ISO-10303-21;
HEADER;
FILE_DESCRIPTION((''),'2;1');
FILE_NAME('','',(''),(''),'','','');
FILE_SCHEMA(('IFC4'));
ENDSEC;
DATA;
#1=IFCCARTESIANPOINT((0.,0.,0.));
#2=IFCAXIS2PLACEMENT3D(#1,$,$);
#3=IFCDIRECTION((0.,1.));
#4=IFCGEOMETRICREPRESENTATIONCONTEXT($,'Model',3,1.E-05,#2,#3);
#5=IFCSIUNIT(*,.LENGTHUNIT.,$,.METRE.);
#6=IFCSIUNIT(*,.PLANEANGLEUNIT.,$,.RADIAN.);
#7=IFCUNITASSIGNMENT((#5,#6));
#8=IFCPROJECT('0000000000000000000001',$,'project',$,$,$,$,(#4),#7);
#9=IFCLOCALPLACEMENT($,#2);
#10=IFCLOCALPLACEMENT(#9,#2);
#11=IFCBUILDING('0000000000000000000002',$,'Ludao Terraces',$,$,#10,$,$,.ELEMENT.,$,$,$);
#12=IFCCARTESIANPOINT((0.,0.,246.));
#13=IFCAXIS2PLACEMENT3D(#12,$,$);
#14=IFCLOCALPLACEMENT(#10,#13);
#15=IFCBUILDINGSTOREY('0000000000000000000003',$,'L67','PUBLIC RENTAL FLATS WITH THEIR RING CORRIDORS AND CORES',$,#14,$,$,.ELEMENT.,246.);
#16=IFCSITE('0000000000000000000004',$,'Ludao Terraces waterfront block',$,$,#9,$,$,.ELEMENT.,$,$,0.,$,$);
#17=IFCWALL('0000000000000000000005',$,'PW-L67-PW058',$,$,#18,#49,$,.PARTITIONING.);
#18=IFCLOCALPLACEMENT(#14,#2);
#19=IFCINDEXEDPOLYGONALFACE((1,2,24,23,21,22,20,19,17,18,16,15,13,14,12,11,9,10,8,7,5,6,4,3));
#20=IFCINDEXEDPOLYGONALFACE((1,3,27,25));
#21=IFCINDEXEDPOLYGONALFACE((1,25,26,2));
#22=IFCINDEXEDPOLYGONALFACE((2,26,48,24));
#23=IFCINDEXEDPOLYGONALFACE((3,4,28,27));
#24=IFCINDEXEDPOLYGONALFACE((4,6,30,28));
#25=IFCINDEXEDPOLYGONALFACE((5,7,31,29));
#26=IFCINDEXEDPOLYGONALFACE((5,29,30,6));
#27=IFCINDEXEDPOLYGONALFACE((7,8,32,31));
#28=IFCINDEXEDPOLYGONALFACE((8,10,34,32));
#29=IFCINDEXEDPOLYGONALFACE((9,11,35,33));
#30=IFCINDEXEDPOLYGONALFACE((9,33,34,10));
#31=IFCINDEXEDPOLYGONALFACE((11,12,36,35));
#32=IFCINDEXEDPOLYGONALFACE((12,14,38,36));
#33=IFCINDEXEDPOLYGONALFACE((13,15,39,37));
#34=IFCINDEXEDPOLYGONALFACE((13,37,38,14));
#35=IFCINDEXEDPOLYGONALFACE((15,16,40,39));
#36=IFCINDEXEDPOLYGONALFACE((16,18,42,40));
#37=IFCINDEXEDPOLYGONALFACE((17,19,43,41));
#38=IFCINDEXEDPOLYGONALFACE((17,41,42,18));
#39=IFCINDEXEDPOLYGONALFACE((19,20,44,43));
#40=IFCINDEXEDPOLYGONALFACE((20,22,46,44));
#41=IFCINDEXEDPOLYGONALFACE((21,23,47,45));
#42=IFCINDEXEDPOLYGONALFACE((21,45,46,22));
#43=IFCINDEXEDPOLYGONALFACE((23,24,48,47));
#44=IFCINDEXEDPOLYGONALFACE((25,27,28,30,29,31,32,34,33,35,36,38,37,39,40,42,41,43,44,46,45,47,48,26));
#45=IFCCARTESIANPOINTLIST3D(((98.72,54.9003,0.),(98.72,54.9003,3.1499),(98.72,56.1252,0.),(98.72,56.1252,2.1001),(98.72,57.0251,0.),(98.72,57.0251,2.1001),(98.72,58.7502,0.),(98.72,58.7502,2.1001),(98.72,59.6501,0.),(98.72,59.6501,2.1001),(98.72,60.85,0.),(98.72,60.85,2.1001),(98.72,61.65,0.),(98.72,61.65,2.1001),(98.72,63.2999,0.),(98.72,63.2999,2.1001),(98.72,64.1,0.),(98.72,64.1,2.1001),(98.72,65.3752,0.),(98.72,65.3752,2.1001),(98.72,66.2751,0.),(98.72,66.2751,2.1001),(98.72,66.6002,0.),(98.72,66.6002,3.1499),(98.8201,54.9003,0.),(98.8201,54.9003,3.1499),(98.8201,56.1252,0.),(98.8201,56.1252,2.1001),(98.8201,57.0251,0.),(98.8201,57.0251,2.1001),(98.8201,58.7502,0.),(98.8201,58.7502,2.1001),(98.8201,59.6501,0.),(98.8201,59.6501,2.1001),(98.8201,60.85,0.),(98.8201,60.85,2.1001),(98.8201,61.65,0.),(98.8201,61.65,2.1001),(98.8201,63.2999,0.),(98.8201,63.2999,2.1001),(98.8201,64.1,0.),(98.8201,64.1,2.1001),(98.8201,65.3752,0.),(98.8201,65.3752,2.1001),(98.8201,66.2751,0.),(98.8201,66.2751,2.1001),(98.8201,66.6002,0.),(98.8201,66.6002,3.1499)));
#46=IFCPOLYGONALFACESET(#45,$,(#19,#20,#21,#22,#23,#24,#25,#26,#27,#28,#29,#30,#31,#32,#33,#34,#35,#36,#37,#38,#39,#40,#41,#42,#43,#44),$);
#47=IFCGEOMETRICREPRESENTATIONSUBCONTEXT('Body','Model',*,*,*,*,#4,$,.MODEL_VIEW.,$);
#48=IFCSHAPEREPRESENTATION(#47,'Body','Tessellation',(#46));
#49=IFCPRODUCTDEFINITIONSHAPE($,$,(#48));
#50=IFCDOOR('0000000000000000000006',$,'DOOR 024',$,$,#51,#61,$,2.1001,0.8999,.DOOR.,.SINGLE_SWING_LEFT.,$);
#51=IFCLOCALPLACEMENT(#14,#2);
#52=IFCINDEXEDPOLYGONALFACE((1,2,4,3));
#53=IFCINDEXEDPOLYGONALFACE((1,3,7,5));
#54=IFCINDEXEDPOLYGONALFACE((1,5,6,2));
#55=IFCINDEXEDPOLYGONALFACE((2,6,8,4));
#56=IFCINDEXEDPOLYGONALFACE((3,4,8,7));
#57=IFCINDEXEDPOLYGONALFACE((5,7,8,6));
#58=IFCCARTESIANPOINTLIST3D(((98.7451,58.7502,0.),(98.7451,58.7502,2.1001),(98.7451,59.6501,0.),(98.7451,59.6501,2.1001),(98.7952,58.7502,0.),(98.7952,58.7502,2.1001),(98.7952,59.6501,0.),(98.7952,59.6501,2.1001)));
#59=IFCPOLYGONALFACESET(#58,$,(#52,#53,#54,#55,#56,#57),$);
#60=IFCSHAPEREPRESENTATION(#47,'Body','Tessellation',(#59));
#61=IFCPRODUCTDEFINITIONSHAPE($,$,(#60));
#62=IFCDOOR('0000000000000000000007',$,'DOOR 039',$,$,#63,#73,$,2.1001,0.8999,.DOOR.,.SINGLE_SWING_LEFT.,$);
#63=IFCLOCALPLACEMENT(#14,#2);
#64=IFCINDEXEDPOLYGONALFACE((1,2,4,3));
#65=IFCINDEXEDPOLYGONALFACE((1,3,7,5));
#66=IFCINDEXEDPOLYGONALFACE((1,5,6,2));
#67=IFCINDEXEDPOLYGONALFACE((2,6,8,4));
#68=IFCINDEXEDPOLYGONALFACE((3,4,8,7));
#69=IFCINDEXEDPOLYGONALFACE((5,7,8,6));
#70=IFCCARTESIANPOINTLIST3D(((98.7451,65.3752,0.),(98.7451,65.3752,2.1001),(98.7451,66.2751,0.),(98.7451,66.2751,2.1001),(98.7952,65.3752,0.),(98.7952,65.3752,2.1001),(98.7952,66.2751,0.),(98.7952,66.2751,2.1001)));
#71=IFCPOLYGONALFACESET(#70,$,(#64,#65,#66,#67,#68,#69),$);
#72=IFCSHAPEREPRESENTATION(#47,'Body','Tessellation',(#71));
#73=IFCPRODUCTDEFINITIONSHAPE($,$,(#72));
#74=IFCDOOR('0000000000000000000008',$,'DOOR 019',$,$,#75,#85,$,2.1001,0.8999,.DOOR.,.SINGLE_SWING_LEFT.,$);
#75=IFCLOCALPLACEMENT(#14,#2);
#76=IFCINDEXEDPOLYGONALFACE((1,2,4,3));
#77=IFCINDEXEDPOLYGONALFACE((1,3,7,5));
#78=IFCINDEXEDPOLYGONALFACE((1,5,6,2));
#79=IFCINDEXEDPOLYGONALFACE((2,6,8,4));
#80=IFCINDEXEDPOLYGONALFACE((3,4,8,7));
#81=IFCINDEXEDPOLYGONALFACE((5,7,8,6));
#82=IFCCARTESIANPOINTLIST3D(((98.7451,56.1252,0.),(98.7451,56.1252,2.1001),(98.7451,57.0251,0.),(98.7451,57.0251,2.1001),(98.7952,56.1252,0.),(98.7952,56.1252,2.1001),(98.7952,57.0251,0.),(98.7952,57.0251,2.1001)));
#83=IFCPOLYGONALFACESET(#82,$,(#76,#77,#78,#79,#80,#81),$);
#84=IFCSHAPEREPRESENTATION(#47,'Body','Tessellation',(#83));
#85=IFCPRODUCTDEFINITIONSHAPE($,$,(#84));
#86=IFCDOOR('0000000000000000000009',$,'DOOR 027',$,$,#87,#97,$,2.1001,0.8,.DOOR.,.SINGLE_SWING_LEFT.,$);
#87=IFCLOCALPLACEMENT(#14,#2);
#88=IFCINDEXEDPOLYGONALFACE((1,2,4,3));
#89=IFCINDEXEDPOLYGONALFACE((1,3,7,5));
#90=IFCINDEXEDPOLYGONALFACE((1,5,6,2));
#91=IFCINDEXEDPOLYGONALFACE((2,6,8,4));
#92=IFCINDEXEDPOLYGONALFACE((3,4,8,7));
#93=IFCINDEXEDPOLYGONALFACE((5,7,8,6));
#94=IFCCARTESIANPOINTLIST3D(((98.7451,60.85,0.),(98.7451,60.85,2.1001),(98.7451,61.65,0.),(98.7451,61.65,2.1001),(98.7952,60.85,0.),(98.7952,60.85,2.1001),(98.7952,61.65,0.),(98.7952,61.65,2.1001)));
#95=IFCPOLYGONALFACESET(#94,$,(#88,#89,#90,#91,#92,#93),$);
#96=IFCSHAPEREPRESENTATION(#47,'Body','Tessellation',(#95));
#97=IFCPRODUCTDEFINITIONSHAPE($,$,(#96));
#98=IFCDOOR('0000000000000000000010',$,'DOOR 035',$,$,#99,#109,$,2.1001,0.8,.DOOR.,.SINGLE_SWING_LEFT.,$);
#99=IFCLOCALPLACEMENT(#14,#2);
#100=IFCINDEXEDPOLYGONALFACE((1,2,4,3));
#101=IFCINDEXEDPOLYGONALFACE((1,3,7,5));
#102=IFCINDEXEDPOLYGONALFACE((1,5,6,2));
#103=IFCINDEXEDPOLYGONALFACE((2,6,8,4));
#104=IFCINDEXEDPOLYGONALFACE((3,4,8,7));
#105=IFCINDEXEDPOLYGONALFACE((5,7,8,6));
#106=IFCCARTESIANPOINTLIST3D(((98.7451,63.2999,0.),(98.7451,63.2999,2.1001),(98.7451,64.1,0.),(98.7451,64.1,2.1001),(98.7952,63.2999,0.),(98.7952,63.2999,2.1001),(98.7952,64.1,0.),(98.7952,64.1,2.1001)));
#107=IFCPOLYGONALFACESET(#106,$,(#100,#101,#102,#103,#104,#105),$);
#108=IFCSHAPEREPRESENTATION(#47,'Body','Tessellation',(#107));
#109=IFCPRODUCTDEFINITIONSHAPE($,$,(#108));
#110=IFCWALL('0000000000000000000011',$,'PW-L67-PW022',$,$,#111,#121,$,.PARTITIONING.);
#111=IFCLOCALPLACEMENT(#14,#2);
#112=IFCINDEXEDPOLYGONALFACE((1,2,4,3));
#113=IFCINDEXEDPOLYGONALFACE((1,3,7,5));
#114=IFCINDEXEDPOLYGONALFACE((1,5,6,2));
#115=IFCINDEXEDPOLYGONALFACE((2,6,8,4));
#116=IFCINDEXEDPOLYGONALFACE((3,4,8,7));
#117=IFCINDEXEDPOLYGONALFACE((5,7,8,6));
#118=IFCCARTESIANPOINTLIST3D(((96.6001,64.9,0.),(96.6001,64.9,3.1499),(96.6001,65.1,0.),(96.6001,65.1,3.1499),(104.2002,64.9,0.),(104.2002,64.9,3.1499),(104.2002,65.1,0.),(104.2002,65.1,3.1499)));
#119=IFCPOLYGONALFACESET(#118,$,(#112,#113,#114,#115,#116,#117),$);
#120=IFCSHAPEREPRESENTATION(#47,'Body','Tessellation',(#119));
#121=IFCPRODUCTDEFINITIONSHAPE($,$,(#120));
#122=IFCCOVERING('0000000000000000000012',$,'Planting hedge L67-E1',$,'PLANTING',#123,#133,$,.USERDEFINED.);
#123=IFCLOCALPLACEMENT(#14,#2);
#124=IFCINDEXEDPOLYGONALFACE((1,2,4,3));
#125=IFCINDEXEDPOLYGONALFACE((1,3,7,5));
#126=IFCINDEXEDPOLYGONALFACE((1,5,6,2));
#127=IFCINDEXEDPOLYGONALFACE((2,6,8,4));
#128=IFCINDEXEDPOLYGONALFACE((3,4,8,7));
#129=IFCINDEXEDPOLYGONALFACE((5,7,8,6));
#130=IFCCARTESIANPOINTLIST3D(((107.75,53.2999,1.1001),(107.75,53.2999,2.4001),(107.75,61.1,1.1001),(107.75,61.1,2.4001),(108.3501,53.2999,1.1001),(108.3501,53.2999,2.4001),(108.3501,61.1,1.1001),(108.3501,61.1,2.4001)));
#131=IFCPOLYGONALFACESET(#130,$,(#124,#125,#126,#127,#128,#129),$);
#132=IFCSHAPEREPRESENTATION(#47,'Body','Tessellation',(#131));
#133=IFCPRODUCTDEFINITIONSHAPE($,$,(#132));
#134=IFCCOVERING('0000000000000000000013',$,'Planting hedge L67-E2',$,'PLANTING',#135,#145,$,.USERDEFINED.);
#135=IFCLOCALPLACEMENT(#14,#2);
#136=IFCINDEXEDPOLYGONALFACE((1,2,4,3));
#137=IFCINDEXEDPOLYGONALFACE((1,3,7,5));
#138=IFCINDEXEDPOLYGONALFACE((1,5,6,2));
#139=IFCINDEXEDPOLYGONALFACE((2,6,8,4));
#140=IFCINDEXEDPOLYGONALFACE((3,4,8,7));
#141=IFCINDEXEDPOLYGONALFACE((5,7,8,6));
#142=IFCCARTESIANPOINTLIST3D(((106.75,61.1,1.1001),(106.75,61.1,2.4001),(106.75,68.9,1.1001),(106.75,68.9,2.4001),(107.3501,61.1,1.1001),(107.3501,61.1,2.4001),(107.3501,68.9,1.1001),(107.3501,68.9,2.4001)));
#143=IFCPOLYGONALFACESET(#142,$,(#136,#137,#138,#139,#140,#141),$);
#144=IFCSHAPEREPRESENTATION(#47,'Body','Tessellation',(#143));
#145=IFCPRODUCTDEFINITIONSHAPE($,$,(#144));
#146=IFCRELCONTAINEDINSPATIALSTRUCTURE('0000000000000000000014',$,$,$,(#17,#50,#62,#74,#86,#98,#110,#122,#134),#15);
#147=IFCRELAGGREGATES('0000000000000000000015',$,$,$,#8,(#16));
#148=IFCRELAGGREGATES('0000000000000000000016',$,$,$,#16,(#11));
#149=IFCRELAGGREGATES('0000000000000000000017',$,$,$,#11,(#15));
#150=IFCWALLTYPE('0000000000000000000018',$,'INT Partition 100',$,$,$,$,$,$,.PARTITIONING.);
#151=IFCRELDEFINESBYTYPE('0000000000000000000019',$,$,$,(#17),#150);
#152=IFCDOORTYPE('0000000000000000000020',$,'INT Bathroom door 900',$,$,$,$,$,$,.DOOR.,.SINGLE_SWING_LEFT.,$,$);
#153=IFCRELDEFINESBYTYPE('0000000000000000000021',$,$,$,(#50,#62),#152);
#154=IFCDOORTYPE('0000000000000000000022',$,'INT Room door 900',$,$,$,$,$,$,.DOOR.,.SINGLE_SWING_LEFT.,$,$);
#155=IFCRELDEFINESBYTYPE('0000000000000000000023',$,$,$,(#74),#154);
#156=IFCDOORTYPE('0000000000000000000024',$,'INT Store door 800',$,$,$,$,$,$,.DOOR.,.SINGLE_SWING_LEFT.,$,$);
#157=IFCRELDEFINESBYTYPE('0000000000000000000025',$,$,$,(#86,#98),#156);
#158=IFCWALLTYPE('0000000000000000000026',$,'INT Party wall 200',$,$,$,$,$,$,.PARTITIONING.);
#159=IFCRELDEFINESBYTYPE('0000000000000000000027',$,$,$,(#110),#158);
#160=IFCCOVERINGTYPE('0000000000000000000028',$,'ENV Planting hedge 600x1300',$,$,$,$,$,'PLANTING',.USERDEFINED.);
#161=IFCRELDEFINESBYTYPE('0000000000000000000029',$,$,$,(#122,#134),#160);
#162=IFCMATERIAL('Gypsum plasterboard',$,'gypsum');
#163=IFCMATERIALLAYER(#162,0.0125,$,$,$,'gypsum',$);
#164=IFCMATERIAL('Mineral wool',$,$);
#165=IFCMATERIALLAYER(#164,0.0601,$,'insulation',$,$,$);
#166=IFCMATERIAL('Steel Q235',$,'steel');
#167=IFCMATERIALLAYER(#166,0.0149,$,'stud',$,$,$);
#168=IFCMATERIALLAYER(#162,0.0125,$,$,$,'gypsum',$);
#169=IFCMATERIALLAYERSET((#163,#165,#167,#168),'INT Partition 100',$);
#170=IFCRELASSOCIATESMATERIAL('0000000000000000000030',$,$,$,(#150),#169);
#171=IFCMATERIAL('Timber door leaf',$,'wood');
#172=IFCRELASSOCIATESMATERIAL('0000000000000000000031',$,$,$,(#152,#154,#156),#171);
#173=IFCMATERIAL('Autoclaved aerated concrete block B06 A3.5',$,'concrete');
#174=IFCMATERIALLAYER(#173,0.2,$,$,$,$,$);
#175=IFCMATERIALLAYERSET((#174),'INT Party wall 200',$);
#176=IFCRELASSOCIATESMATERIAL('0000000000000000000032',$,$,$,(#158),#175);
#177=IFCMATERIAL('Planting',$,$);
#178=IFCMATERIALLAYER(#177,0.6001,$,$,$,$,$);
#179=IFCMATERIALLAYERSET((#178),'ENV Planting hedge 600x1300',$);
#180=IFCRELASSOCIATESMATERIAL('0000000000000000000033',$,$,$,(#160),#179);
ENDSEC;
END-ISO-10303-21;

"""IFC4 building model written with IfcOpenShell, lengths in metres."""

from ifc_helpers import new_model, si_unit, direction, frame, frame_2d, origin, origin_2d, place, context, subcontext, project, spatial, rectangle, extrude, material, layer, layer_set, type_object, element, fill, save


model = new_model("IFC4")

# Units and contexts
model_context = context("Model", 3, precision=1e-05, world=origin(), true_north=direction((0.0, 1.0)))
body_context = subcontext(model_context, "Body", "Model", "MODEL_VIEW")
ifc_project = project(units=[si_unit("LENGTHUNIT", "METRE"), si_unit("PLANEANGLEUNIT", "RADIAN")], contexts=[model_context])

# Site, building, storey
site_placement = place(None, origin())
site = spatial("IfcSite", under=ifc_project, at=site_placement, Name="Ludao Terraces waterfront block", CompositionType="ELEMENT", RefElevation=0.0)
building_placement = place(site_placement, origin())
building = spatial("IfcBuilding", under=site, at=building_placement, Name="Ludao Terraces", CompositionType="ELEMENT")
storey_placement = place(building_placement, frame((0.0, 0.0, 246.0)))
storey = spatial("IfcBuildingStorey", under=building, at=storey_placement, Name="L67", Description="PUBLIC RENTAL FLATS WITH THEIR RING CORRIDORS AND CORES", CompositionType="ELEMENT", Elevation=246.0)

# Shared definitions
ifc_material_1 = material(Name="Mineral wool")

# Shared definitions
ifc_material_2 = material(Name="Gypsum plasterboard", Category="gypsum")
ifc_layer_1 = layer(ifc_material_2, 0.0125, Category="gypsum")
ifc_layer_2 = layer(ifc_material_1, 0.0601, Name="insulation")
ifc_material_3 = material(Name="Steel Q235", Category="steel")
ifc_layer_3 = layer(ifc_material_3, 0.0149, Name="stud")
ifc_layer_4 = layer(ifc_material_2, 0.0125, Category="gypsum")
ifc_layer_set_1 = layer_set([ifc_layer_1, ifc_layer_2, ifc_layer_3, ifc_layer_4], Name="INT Partition 100")
wall_type_1 = type_object("IfcWallType", Name="INT Partition 100", PredefinedType="PARTITIONING", material=ifc_layer_set_1)

# Wall, openings, doors
wall_1_placement = place(storey_placement, frame((98.77, 54.9001, 0.0), z_axis=(0.0, 0.0, 1.0), x_axis=(0.0, 1.0, 0.0)))
wall_1 = element("IfcWall", 1, at=wall_1_placement, inside=storey, type_object=wall_type_1, Name="PW-L67-PW058", PredefinedType="PARTITIONING", context=body_context, shape_type="SweptSolid", body=[
    extrude(rectangle(XDim=11.7, YDim=0.1001, at=frame_2d((5.8501, 0.0))), origin(), (0.0, 0.0, 1.0), 3.1499),
])
opening_1_placement = place(wall_1_placement, frame((1.2251, 0.0, 0.0)))
opening_1 = element("IfcOpeningElement", 2, at=opening_1_placement, cuts=wall_1, PredefinedType="OPENING", context=body_context, shape_type="SweptSolid", body=[
    extrude(rectangle(XDim=0.8999, YDim=2.1001, at=frame_2d((0.45, 1.05))), frame((0.0, 0.0601, 0.0), z_axis=(0.0, -1.0, 0.0), x_axis=(1.0, 0.0, 0.0)), (0.0, 0.0, 1.0), 0.1201),
])
opening_2_placement = place(wall_1_placement, frame((3.8501, 0.0, 0.0)))
opening_2 = element("IfcOpeningElement", 3, at=opening_2_placement, cuts=wall_1, PredefinedType="OPENING", context=body_context, shape_type="SweptSolid", body=[
    extrude(rectangle(XDim=0.8999, YDim=2.1001, at=frame_2d((0.45, 1.05))), frame((0.0, 0.0601, 0.0), z_axis=(0.0, -1.0, 0.0), x_axis=(1.0, 0.0, 0.0)), (0.0, 0.0, 1.0), 0.1201),
])
opening_3_placement = place(wall_1_placement, frame((5.95, 0.0, 0.0)))
opening_3 = element("IfcOpeningElement", 4, at=opening_3_placement, cuts=wall_1, PredefinedType="OPENING", context=body_context, shape_type="SweptSolid", body=[
    extrude(rectangle(XDim=0.8, YDim=2.1001, at=frame_2d((0.3999, 1.05))), frame((0.0, 0.0601, 0.0), z_axis=(0.0, -1.0, 0.0), x_axis=(1.0, 0.0, 0.0)), (0.0, 0.0, 1.0), 0.1201),
])
opening_4_placement = place(wall_1_placement, frame((8.3999, 0.0, 0.0)))
opening_4 = element("IfcOpeningElement", 5, at=opening_4_placement, cuts=wall_1, PredefinedType="OPENING", context=body_context, shape_type="SweptSolid", body=[
    extrude(rectangle(XDim=0.8, YDim=2.1001, at=frame_2d((0.3999, 1.05))), frame((0.0, 0.0601, 0.0), z_axis=(0.0, -1.0, 0.0), x_axis=(1.0, 0.0, 0.0)), (0.0, 0.0, 1.0), 0.1201),
])
opening_5_placement = place(wall_1_placement, frame((10.4751, 0.0, 0.0)))
opening_5 = element("IfcOpeningElement", 6, at=opening_5_placement, cuts=wall_1, PredefinedType="OPENING", context=body_context, shape_type="SweptSolid", body=[
    extrude(rectangle(XDim=0.8999, YDim=2.1001, at=frame_2d((0.45, 1.05))), frame((0.0, 0.0601, 0.0), z_axis=(0.0, -1.0, 0.0), x_axis=(1.0, 0.0, 0.0)), (0.0, 0.0, 1.0), 0.1201),
])
ifc_material_4 = material(Name="Timber door leaf", Category="wood")
door_type_1 = type_object("IfcDoorType", Name="INT Bathroom door 900", OperationType="SINGLE_SWING_LEFT", PredefinedType="DOOR", material=ifc_material_4)
door_1_placement = place(opening_2_placement, origin())
door_1 = element("IfcDoor", 7, at=door_1_placement, inside=storey, type_object=door_type_1, Name="DOOR 024", OperationType="SINGLE_SWING_LEFT", OverallHeight=2.1001, OverallWidth=0.8999, PredefinedType="DOOR", context=body_context, shape_type="SweptSolid", body=[
    extrude(rectangle(XDim=0.8999, YDim=2.1001, at=frame_2d((0.45, 1.05))), frame((0.0, 0.0249, 0.0), z_axis=(0.0, -1.0, 0.0), x_axis=(1.0, 0.0, 0.0)), (0.0, 0.0, 1.0), 0.05),
])
fill(opening_2, door_1)
door_2_placement = place(opening_5_placement, origin())
door_2 = element("IfcDoor", 8, at=door_2_placement, inside=storey, type_object=door_type_1, Name="DOOR 039", OperationType="SINGLE_SWING_LEFT", OverallHeight=2.1001, OverallWidth=0.8999, PredefinedType="DOOR", context=body_context, shape_type="SweptSolid", body=[
    extrude(rectangle(XDim=0.8999, YDim=2.1001, at=frame_2d((0.45, 1.05))), frame((0.0, 0.0249, 0.0), z_axis=(0.0, -1.0, 0.0), x_axis=(1.0, 0.0, 0.0)), (0.0, 0.0, 1.0), 0.05),
])
fill(opening_5, door_2)
door_type_2 = type_object("IfcDoorType", Name="INT Room door 900", OperationType="SINGLE_SWING_LEFT", PredefinedType="DOOR", material=ifc_material_4)
door_3_placement = place(opening_1_placement, origin())
door_3 = element("IfcDoor", 9, at=door_3_placement, inside=storey, type_object=door_type_2, Name="DOOR 019", OperationType="SINGLE_SWING_LEFT", OverallHeight=2.1001, OverallWidth=0.8999, PredefinedType="DOOR", context=body_context, shape_type="SweptSolid", body=[
    extrude(rectangle(XDim=0.8999, YDim=2.1001, at=frame_2d((0.45, 1.05))), frame((0.0, 0.0249, 0.0), z_axis=(0.0, -1.0, 0.0), x_axis=(1.0, 0.0, 0.0)), (0.0, 0.0, 1.0), 0.05),
])
fill(opening_1, door_3)
door_type_3 = type_object("IfcDoorType", Name="INT Store door 800", OperationType="SINGLE_SWING_LEFT", PredefinedType="DOOR", material=ifc_material_4)
door_4_placement = place(opening_3_placement, origin())
door_4 = element("IfcDoor", 10, at=door_4_placement, inside=storey, type_object=door_type_3, Name="DOOR 027", OperationType="SINGLE_SWING_LEFT", OverallHeight=2.1001, OverallWidth=0.8, PredefinedType="DOOR", context=body_context, shape_type="SweptSolid", body=[
    extrude(rectangle(XDim=0.8, YDim=2.1001, at=frame_2d((0.3999, 1.05))), frame((0.0, 0.0249, 0.0), z_axis=(0.0, -1.0, 0.0), x_axis=(1.0, 0.0, 0.0)), (0.0, 0.0, 1.0), 0.05),
])
fill(opening_3, door_4)
door_5_placement = place(opening_4_placement, origin())
door_5 = element("IfcDoor", 11, at=door_5_placement, inside=storey, type_object=door_type_3, Name="DOOR 035", OperationType="SINGLE_SWING_LEFT", OverallHeight=2.1001, OverallWidth=0.8, PredefinedType="DOOR", context=body_context, shape_type="SweptSolid", body=[
    extrude(rectangle(XDim=0.8, YDim=2.1001, at=frame_2d((0.3999, 1.05))), frame((0.0, 0.0249, 0.0), z_axis=(0.0, -1.0, 0.0), x_axis=(1.0, 0.0, 0.0)), (0.0, 0.0, 1.0), 0.05),
])
fill(opening_4, door_5)

# Wall
ifc_material_5 = material(Name="Autoclaved aerated concrete block B06 A3.5", Category="concrete")
ifc_layer_5 = layer(ifc_material_5, 0.2)
ifc_layer_set_2 = layer_set([ifc_layer_5], Name="INT Party wall 200")
wall_type_2 = type_object("IfcWallType", Name="INT Party wall 200", PredefinedType="PARTITIONING", material=ifc_layer_set_2)
wall_2_placement = place(storey_placement, frame((96.6001, 65.0, 0.0), z_axis=(0.0, 0.0, 1.0), x_axis=(1.0, 0.0, 0.0)))
element("IfcWall", 12, at=wall_2_placement, inside=storey, type_object=wall_type_2, Name="PW-L67-PW022", PredefinedType="PARTITIONING", context=body_context, shape_type="SweptSolid", body=[
    extrude(rectangle(XDim=7.6001, YDim=0.2, at=frame_2d((3.8, 0.0))), origin(), (0.0, 0.0, 1.0), 3.1499),
])

# Coverings
ifc_material_6 = material(Name="Planting")
ifc_layer_6 = layer(ifc_material_6, 0.6001)
ifc_layer_set_3 = layer_set([ifc_layer_6], Name="ENV Planting hedge 600x1300")
covering_type = type_object("IfcCoveringType", Name="ENV Planting hedge 600x1300", ElementType="PLANTING", PredefinedType="USERDEFINED", material=ifc_layer_set_3)
for number, where, z_axis, x_axis, name in (
    (13, (108.05, 57.2, 1.1001), (0.0, 0.0, 1.0), (1.0, 0.0, 0.0), "Planting hedge L67-E1"),
    (14, (107.05, 65.0, 1.1001), (0.0, 0.0, 1.0), (1.0, 0.0, 0.0), "Planting hedge L67-E2"),
):
    element("IfcCovering", number, at=place(storey_placement, frame(where, z_axis=z_axis, x_axis=x_axis)), inside=storey, type_object=covering_type, Name=name, ObjectType="PLANTING", PredefinedType="USERDEFINED", context=body_context, shape_type="SweptSolid", body=[
        extrude(rectangle(XDim=0.6001, YDim=7.8, at=origin_2d()), origin(), (0.0, 0.0, 1.0), 1.3),
    ])

save(model, "model.ifc")
